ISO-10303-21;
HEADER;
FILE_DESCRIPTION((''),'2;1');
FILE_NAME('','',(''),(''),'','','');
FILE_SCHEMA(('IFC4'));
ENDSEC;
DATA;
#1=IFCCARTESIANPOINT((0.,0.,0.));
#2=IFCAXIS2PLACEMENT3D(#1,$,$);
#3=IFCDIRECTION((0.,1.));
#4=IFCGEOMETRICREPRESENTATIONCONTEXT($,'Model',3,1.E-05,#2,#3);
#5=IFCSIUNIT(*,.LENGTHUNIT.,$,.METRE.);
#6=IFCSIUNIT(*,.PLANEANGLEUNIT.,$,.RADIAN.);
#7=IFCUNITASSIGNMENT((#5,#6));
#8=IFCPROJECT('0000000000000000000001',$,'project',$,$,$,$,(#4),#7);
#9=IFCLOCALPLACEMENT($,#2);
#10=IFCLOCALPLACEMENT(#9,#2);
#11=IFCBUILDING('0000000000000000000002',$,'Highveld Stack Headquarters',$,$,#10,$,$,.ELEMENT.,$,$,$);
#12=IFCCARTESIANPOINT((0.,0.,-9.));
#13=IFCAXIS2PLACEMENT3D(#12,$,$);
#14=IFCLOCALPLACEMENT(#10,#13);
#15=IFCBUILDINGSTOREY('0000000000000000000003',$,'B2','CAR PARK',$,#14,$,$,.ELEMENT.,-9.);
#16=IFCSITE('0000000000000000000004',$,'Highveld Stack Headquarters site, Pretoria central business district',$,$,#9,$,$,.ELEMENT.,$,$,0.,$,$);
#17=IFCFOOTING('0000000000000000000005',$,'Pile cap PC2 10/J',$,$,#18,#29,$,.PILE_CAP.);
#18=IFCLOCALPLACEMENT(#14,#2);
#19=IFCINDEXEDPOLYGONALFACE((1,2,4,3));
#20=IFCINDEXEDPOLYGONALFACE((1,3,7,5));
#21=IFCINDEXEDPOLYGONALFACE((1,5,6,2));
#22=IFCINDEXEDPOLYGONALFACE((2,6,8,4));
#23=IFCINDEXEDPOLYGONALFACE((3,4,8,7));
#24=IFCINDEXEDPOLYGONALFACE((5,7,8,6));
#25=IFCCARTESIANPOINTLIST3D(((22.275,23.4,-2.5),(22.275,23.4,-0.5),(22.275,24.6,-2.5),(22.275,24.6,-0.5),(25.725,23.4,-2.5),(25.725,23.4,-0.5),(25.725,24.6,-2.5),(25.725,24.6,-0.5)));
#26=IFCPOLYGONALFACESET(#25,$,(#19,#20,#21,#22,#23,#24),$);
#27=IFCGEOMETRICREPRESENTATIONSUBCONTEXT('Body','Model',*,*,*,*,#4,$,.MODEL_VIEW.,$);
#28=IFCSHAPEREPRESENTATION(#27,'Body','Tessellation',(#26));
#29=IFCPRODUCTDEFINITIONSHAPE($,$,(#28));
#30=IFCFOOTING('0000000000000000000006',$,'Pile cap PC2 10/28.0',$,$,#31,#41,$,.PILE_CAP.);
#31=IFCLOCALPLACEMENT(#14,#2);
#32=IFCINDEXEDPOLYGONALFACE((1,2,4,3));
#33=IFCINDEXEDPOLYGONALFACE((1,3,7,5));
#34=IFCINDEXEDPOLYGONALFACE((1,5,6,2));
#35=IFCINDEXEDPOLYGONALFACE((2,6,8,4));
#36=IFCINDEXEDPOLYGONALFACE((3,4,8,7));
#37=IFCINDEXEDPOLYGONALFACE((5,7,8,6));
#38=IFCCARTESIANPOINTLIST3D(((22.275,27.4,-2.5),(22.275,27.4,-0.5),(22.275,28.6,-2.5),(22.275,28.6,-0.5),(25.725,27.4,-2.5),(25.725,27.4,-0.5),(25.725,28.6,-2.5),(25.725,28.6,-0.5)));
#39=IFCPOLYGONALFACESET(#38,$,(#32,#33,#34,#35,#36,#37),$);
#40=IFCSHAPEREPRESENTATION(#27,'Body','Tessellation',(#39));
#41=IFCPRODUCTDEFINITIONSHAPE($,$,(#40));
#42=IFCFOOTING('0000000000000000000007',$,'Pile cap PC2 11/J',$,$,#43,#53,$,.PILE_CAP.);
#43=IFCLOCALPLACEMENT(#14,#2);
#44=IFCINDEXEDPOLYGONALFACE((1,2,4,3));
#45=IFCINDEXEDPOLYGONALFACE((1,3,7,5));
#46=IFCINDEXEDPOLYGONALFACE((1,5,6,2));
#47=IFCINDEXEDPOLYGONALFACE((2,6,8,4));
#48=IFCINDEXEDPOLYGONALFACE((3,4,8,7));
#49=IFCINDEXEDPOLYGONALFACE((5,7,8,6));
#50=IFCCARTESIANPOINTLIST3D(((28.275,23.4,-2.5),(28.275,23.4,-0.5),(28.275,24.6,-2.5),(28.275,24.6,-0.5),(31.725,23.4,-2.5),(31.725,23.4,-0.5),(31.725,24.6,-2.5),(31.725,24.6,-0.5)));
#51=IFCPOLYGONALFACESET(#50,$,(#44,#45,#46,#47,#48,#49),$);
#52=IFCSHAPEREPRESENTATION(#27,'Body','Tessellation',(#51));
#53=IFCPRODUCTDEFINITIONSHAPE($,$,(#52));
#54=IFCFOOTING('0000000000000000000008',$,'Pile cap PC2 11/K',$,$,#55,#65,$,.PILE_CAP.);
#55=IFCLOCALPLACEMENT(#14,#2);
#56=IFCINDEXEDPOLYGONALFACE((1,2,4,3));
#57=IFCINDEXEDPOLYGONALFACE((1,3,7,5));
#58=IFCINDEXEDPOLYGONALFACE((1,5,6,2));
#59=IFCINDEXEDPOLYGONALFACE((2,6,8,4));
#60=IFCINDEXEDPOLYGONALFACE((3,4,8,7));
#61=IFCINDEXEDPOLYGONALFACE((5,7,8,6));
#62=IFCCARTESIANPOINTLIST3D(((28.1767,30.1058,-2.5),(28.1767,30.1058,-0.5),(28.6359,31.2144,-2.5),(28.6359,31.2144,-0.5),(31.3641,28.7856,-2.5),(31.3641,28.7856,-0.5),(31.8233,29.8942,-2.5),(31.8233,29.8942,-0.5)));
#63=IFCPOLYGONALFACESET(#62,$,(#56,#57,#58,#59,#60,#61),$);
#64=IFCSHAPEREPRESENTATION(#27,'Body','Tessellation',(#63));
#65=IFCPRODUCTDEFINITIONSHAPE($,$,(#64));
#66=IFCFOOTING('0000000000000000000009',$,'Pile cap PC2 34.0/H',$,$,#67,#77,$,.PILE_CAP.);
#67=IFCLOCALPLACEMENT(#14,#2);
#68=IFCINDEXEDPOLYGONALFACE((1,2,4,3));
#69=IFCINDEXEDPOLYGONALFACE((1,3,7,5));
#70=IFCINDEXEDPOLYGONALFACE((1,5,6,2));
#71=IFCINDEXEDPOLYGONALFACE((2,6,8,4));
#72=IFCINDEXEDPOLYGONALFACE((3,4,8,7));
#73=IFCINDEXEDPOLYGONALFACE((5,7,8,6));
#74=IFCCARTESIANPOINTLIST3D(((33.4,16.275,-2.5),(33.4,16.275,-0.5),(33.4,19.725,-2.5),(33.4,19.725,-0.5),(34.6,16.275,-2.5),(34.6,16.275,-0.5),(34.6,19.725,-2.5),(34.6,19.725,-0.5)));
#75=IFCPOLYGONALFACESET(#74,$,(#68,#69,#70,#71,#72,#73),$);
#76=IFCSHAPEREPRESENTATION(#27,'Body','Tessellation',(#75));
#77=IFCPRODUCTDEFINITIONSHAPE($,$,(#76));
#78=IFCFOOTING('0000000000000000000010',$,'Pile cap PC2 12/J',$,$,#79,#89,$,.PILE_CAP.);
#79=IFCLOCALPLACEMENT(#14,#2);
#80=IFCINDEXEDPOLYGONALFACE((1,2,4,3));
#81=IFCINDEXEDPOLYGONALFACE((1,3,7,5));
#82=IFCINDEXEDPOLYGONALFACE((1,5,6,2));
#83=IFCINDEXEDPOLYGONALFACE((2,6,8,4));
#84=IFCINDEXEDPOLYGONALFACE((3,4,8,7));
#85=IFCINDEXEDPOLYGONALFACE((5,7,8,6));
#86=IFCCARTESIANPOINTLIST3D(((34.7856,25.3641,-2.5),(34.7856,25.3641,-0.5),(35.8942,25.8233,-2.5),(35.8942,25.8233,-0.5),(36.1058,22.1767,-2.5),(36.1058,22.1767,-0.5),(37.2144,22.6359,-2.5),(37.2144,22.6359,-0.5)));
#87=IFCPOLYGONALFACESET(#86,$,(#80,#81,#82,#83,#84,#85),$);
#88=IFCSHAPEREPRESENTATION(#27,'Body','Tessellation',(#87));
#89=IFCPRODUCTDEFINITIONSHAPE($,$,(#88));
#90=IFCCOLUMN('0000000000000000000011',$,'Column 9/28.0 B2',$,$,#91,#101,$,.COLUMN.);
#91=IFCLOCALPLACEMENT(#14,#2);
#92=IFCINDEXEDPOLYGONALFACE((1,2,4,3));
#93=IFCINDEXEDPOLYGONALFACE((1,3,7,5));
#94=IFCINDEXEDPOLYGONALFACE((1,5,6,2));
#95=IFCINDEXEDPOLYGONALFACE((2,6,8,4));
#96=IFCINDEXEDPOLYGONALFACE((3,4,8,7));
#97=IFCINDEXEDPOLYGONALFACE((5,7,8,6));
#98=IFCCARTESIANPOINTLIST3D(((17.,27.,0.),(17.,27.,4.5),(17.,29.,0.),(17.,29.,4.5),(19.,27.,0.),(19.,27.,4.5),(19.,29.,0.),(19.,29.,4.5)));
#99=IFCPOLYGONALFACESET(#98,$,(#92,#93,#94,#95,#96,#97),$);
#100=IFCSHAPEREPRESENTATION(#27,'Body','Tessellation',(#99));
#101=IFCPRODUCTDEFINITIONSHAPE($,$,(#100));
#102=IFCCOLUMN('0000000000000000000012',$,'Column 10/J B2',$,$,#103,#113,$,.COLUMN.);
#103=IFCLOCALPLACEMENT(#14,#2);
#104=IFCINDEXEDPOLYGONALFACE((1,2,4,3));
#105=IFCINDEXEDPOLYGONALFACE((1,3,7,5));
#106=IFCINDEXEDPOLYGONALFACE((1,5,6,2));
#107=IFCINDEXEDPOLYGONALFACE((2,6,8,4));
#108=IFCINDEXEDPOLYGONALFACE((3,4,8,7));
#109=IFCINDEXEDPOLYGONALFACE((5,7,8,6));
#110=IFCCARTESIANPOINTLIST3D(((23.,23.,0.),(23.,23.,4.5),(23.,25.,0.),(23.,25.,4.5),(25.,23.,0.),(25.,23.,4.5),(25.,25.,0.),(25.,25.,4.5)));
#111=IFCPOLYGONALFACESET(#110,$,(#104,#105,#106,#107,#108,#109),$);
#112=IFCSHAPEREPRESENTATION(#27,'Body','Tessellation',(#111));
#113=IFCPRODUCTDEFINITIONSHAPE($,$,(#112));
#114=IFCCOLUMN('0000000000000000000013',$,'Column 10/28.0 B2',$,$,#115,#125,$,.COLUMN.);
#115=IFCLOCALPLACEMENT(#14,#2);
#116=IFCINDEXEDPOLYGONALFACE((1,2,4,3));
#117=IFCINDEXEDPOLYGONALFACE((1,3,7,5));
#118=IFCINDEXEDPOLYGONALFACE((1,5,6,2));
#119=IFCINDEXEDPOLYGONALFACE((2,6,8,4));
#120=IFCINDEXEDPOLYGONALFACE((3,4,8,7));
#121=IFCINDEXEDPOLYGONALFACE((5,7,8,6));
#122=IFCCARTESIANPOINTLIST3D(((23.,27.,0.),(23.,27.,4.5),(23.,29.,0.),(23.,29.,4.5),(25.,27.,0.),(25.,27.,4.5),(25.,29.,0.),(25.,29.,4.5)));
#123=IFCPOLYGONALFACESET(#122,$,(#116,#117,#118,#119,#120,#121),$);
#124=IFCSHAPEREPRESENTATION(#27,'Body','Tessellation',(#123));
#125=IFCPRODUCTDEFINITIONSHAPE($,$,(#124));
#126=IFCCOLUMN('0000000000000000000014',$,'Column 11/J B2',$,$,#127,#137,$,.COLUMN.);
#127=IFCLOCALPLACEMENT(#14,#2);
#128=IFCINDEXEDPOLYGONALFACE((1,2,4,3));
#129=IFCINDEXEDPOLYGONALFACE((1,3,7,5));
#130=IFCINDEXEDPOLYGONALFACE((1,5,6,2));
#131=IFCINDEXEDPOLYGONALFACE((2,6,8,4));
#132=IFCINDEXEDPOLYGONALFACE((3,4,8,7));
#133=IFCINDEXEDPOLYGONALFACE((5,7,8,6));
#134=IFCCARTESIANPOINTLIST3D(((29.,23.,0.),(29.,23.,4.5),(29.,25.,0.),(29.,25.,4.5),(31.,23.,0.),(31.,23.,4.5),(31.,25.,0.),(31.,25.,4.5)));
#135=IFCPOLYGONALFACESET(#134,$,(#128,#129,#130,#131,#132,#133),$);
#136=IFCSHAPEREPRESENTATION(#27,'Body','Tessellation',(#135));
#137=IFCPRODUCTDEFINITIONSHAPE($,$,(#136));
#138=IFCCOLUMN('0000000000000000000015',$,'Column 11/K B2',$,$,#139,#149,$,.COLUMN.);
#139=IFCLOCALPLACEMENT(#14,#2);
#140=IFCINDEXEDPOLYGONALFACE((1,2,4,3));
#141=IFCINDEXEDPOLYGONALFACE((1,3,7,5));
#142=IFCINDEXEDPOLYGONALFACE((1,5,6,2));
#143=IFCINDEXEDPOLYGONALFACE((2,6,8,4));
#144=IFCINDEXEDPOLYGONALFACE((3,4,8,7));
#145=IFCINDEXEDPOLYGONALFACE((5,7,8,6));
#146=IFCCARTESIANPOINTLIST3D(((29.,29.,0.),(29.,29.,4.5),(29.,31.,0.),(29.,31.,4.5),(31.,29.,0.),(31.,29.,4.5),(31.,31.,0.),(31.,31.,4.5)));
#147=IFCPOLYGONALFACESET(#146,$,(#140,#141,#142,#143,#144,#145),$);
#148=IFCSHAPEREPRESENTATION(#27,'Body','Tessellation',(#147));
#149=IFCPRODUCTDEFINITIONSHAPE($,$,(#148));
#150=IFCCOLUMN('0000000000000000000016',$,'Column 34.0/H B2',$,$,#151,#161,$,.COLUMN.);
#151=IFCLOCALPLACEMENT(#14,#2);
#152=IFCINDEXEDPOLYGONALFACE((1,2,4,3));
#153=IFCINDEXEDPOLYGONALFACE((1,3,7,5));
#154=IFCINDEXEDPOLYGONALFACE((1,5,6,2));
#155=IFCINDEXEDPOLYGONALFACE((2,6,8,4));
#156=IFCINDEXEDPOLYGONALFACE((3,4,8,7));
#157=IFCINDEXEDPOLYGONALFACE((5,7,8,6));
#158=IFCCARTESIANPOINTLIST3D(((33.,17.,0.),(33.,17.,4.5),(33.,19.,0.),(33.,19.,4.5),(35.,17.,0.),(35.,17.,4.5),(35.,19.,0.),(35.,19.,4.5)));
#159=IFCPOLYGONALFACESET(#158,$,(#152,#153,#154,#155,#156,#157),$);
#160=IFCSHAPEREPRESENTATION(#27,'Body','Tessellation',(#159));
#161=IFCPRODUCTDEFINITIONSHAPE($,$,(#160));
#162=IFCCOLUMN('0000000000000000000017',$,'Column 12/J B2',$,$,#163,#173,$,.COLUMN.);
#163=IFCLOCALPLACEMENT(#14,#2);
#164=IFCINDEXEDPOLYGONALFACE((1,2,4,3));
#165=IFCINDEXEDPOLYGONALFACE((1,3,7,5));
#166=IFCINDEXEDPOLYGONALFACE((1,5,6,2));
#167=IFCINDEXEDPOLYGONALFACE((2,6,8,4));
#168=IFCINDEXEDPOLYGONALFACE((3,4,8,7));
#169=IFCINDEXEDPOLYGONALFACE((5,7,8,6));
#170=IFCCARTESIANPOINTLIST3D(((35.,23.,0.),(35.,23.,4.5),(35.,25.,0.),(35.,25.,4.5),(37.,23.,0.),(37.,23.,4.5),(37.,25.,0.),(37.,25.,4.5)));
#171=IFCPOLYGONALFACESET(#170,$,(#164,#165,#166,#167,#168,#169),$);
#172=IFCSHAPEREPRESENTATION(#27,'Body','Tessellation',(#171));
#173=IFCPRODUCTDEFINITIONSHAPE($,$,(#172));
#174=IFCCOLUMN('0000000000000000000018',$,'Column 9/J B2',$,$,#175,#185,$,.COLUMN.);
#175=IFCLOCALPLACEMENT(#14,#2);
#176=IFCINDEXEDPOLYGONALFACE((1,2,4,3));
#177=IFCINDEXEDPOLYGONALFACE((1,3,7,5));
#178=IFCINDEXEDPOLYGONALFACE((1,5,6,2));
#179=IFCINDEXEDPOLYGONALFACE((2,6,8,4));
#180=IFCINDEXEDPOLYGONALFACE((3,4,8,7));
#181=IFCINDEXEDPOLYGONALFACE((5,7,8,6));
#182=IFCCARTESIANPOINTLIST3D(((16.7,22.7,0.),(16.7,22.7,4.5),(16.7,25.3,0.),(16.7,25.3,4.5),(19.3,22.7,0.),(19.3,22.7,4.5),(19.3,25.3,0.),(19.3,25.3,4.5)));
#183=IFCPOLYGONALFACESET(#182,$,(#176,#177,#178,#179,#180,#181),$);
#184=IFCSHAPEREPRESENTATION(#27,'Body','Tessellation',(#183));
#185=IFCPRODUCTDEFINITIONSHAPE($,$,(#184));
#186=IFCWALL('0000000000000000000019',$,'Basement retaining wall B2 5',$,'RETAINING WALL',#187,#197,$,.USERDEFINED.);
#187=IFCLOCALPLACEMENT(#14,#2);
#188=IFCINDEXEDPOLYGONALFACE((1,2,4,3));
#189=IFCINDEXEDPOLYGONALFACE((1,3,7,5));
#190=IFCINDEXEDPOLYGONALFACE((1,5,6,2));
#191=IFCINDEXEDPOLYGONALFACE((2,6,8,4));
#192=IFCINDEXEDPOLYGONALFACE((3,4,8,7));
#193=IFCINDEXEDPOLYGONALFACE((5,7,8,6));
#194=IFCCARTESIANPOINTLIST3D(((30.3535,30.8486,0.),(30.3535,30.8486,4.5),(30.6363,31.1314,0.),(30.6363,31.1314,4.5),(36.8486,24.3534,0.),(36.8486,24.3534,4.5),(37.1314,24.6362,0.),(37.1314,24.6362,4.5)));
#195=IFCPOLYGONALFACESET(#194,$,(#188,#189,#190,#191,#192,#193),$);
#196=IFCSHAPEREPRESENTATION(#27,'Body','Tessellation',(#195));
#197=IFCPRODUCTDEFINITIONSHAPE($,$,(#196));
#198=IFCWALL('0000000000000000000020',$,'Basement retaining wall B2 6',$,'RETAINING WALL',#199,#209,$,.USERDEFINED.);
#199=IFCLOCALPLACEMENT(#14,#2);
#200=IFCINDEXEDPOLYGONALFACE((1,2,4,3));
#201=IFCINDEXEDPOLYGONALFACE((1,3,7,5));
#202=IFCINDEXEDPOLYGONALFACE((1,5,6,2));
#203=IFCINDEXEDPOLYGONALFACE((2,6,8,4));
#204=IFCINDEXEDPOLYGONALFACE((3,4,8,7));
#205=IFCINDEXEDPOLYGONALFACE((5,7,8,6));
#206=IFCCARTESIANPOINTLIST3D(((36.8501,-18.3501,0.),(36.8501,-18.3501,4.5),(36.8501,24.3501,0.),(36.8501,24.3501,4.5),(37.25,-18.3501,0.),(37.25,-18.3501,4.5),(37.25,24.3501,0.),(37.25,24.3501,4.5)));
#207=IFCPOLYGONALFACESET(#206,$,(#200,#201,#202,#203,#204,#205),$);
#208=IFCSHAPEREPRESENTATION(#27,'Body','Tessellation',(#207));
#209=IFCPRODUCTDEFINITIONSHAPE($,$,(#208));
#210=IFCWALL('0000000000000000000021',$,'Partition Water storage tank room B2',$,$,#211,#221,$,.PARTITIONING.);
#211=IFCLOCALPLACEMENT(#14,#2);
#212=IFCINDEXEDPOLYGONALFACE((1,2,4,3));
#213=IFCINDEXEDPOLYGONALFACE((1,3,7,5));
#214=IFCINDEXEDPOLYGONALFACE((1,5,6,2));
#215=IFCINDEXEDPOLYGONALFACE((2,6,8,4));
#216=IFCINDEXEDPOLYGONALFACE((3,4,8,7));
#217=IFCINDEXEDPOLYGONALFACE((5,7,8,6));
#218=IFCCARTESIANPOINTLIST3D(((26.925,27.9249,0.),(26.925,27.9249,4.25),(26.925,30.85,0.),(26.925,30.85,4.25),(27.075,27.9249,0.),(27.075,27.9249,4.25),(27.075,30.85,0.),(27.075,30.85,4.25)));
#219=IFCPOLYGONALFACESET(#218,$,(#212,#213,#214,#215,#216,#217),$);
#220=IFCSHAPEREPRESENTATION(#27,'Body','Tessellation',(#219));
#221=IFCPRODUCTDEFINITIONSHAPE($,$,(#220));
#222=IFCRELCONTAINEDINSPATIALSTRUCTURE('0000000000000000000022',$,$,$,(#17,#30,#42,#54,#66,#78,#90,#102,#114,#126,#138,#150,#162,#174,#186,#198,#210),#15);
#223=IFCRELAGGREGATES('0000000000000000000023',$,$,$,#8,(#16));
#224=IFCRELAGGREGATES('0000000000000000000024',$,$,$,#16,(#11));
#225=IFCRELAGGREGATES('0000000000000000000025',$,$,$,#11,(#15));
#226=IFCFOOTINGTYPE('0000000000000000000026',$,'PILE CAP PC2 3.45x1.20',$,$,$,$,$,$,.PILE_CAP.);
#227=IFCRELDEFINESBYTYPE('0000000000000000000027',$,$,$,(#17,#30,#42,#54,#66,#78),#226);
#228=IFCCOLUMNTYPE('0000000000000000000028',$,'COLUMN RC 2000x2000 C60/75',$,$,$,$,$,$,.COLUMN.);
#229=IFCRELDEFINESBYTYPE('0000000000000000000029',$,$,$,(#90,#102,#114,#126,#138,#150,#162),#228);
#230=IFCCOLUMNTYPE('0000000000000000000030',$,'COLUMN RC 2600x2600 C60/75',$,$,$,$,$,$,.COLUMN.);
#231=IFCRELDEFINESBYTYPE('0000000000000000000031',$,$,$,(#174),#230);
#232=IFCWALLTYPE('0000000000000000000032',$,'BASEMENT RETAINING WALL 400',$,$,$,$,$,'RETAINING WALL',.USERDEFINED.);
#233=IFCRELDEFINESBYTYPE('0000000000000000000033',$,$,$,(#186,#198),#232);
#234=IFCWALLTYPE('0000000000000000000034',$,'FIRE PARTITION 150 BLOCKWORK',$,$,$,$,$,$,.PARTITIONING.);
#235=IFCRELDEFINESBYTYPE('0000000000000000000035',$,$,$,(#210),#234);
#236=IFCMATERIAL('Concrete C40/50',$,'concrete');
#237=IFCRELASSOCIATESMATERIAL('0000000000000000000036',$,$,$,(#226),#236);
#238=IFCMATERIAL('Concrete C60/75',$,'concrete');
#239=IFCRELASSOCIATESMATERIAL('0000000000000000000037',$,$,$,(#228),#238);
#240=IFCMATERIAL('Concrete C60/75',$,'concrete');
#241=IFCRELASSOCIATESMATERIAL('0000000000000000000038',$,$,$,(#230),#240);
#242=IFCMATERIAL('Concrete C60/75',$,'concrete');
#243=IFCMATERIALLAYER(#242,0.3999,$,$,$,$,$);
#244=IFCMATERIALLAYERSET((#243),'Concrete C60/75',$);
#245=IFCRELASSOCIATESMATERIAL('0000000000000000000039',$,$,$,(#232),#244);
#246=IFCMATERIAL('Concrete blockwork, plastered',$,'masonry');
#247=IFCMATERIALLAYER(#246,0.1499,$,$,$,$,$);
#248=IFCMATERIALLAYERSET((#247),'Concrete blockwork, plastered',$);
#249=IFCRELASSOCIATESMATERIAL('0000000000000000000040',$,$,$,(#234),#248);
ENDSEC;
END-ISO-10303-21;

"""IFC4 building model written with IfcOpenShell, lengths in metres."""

from ifc_helpers import new_model, si_unit, direction, frame, frame_2d, origin, origin_2d, place, context, subcontext, project, spatial, rectangle, extrude, material, layer, layer_set, material_profile, profile_set, type_object, element, save


model = new_model("IFC4")

# Units and contexts
model_context = context("Model", 3, precision=1e-05, world=origin(), true_north=direction((0.0, 1.0)))
body_context = subcontext(model_context, "Body", "Model", "MODEL_VIEW")
ifc_project = project(units=[si_unit("LENGTHUNIT", "METRE"), si_unit("PLANEANGLEUNIT", "RADIAN")], contexts=[model_context])

# Site, building, storey
site_placement = place(None, origin())
site = spatial("IfcSite", under=ifc_project, at=site_placement, Name="Highveld Stack Headquarters site, Pretoria central business district", CompositionType="ELEMENT", RefElevation=0.0)
building_placement = place(site_placement, origin())
building = spatial("IfcBuilding", under=site, at=building_placement, Name="Highveld Stack Headquarters", CompositionType="ELEMENT")
storey_placement = place(building_placement, frame((0.0, 0.0, -9.0)))
storey = spatial("IfcBuildingStorey", under=building, at=storey_placement, Name="B2", Description="CAR PARK", CompositionType="ELEMENT", Elevation=-9.0)

# Footings
ifc_material_1 = material(Name="Concrete C40/50", Category="concrete")
footing_type_1 = type_object("IfcFootingType", Name="PILE CAP PC2 3.45x1.20", PredefinedType="PILE_CAP", material=ifc_material_1)
for number, where, z_axis, x_axis, name in (
    (1, (24.0, 24.0, -2.5), (0.0, 0.0, 1.0), (1.0, 0.0, 0.0), "Pile cap PC2 10/J"),
    (2, (24.0, 28.0, -2.5), (0.0, 0.0, 1.0), (1.0, 0.0, 0.0), "Pile cap PC2 10/28.0"),
    (3, (30.0, 24.0, -2.5), (0.0, 0.0, 1.0), (1.0, 0.0, 0.0), "Pile cap PC2 11/J"),
    (4, (30.0, 30.0, -2.5), (0.0, 0.0, 1.0), (-0.92388, 0.382683, 0.0), "Pile cap PC2 11/K"),
    (5, (34.0, 18.0, -2.5), (0.0, 0.0, 1.0), (0.0, 1.0, 0.0), "Pile cap PC2 34.0/H"),
    (6, (36.0, 24.0, -2.5), (0.0, 0.0, 1.0), (-0.382683, 0.92388, 0.0), "Pile cap PC2 12/J"),
):
    element("IfcFooting", number, at=place(storey_placement, frame(where, z_axis=z_axis, x_axis=x_axis)), inside=storey, type_object=footing_type_1, Name=name, PredefinedType="PILE_CAP", context=body_context, shape_type="SweptSolid", body=[
        extrude(rectangle(XDim=3.45, YDim=1.2, at=origin_2d()), origin(), (0.0, 0.0, 1.0), 2.0),
    ])

# Columns
ifc_material_2 = material(Name="Concrete C60/75", Category="concrete")
ifc_material_profile_1 = material_profile(ifc_material_2, rectangle(XDim=2.0, YDim=2.0, at=origin_2d()), Name="RC 2000x2000")
ifc_profile_set_1 = profile_set([ifc_material_profile_1], Name="Concrete C60/75")
column_type_1 = type_object("IfcColumnType", Name="COLUMN RC 2000x2000 C60/75", PredefinedType="COLUMN", material=ifc_profile_set_1)
for number, where, z_axis, x_axis, name in (
    (7, (18.0, 28.0, 0.0), (0.0, 0.0, 1.0), (1.0, 0.0, 0.0), "Column 9/28.0 B2"),
    (8, (24.0, 24.0, 0.0), (0.0, 0.0, 1.0), (1.0, 0.0, 0.0), "Column 10/J B2"),
    (9, (24.0, 28.0, 0.0), (0.0, 0.0, 1.0), (1.0, 0.0, 0.0), "Column 10/28.0 B2"),
    (10, (30.0, 24.0, 0.0), (0.0, 0.0, 1.0), (1.0, 0.0, 0.0), "Column 11/J B2"),
    (11, (30.0, 30.0, 0.0), (0.0, 0.0, 1.0), (1.0, 0.0, 0.0), "Column 11/K B2"),
    (12, (34.0, 18.0, 0.0), (0.0, 0.0, 1.0), (1.0, 0.0, 0.0), "Column 34.0/H B2"),
    (13, (36.0, 24.0, 0.0), (0.0, 0.0, 1.0), (1.0, 0.0, 0.0), "Column 12/J B2"),
):
    element("IfcColumn", number, at=place(storey_placement, frame(where, z_axis=z_axis, x_axis=x_axis)), inside=storey, type_object=column_type_1, Name=name, PredefinedType="COLUMN", context=body_context, shape_type="SweptSolid", body=[
        extrude(rectangle(XDim=2.0, YDim=2.0, at=origin_2d()), origin(), (0.0, 0.0, 1.0), 4.5),
    ])
ifc_material_3 = material(Name="Concrete C60/75", Category="concrete")
ifc_material_profile_2 = material_profile(ifc_material_3, rectangle(XDim=2.6001, YDim=2.6001, at=origin_2d()), Name="RC 2600x2600")
ifc_profile_set_2 = profile_set([ifc_material_profile_2], Name="Concrete C60/75")
column_type_2 = type_object("IfcColumnType", Name="COLUMN RC 2600x2600 C60/75", PredefinedType="COLUMN", material=ifc_profile_set_2)
column_placement = place(storey_placement, frame((18.0, 24.0, 0.0), z_axis=(0.0, 0.0, 1.0), x_axis=(1.0, 0.0, 0.0)))
element("IfcColumn", 14, at=column_placement, inside=storey, type_object=column_type_2, Name="Column 9/J B2", PredefinedType="COLUMN", context=body_context, shape_type="SweptSolid", body=[
    extrude(rectangle(XDim=2.6001, YDim=2.6001, at=origin_2d()), origin(), (0.0, 0.0, 1.0), 4.5),
])

# Walls
ifc_material_4 = material(Name="Concrete C60/75", Category="concrete")
ifc_layer_1 = layer(ifc_material_4, 0.3999)
ifc_layer_set_1 = layer_set([ifc_layer_1], Name="Concrete C60/75")
wall_type_1 = type_object("IfcWallType", Name="BASEMENT RETAINING WALL 400", ElementType="RETAINING WALL", PredefinedType="USERDEFINED", material=ifc_layer_set_1)
wall_1_placement = place(storey_placement, frame((30.4949, 30.99, 0.0), z_axis=(0.0, 0.0, 1.0), x_axis=(0.707107, -0.707107, 0.0)))
element("IfcWall", 15, at=wall_1_placement, inside=storey, type_object=wall_type_1, Name="Basement retaining wall B2 5", ObjectType="RETAINING WALL", PredefinedType="USERDEFINED", context=body_context, shape_type="SweptSolid", body=[
    extrude(rectangle(XDim=9.1855, YDim=0.3999, at=frame_2d((4.5928, 0.0))), origin(), (0.0, 0.0, 1.0), 4.5),
])
wall_2_placement = place(storey_placement, frame((37.05, 24.3501, 0.0), z_axis=(0.0, 0.0, 1.0), x_axis=(0.0, -1.0, 0.0)))
element("IfcWall", 16, at=wall_2_placement, inside=storey, type_object=wall_type_1, Name="Basement retaining wall B2 6", ObjectType="RETAINING WALL", PredefinedType="USERDEFINED", context=body_context, shape_type="SweptSolid", body=[
    extrude(rectangle(XDim=42.7002, YDim=0.3999, at=frame_2d((21.3501, 0.0))), origin(), (0.0, 0.0, 1.0), 4.5),
])
ifc_material_5 = material(Name="Concrete blockwork, plastered", Category="masonry")
ifc_layer_2 = layer(ifc_material_5, 0.1499)
ifc_layer_set_2 = layer_set([ifc_layer_2], Name="Concrete blockwork, plastered")
wall_type_2 = type_object("IfcWallType", Name="FIRE PARTITION 150 BLOCKWORK", PredefinedType="PARTITIONING", material=ifc_layer_set_2)
wall_3_placement = place(storey_placement, frame((27.0, 27.925, 0.0), z_axis=(0.0, 0.0, 1.0), x_axis=(0.0, 1.0, 0.0)))
element("IfcWall", 17, at=wall_3_placement, inside=storey, type_object=wall_type_2, Name="Partition Water storage tank room B2", PredefinedType="PARTITIONING", context=body_context, shape_type="SweptSolid", body=[
    extrude(rectangle(XDim=2.925, YDim=0.1499, at=frame_2d((1.4624, 0.0))), origin(), (0.0, 0.0, 1.0), 4.25),
])

save(model, "model.ifc")
